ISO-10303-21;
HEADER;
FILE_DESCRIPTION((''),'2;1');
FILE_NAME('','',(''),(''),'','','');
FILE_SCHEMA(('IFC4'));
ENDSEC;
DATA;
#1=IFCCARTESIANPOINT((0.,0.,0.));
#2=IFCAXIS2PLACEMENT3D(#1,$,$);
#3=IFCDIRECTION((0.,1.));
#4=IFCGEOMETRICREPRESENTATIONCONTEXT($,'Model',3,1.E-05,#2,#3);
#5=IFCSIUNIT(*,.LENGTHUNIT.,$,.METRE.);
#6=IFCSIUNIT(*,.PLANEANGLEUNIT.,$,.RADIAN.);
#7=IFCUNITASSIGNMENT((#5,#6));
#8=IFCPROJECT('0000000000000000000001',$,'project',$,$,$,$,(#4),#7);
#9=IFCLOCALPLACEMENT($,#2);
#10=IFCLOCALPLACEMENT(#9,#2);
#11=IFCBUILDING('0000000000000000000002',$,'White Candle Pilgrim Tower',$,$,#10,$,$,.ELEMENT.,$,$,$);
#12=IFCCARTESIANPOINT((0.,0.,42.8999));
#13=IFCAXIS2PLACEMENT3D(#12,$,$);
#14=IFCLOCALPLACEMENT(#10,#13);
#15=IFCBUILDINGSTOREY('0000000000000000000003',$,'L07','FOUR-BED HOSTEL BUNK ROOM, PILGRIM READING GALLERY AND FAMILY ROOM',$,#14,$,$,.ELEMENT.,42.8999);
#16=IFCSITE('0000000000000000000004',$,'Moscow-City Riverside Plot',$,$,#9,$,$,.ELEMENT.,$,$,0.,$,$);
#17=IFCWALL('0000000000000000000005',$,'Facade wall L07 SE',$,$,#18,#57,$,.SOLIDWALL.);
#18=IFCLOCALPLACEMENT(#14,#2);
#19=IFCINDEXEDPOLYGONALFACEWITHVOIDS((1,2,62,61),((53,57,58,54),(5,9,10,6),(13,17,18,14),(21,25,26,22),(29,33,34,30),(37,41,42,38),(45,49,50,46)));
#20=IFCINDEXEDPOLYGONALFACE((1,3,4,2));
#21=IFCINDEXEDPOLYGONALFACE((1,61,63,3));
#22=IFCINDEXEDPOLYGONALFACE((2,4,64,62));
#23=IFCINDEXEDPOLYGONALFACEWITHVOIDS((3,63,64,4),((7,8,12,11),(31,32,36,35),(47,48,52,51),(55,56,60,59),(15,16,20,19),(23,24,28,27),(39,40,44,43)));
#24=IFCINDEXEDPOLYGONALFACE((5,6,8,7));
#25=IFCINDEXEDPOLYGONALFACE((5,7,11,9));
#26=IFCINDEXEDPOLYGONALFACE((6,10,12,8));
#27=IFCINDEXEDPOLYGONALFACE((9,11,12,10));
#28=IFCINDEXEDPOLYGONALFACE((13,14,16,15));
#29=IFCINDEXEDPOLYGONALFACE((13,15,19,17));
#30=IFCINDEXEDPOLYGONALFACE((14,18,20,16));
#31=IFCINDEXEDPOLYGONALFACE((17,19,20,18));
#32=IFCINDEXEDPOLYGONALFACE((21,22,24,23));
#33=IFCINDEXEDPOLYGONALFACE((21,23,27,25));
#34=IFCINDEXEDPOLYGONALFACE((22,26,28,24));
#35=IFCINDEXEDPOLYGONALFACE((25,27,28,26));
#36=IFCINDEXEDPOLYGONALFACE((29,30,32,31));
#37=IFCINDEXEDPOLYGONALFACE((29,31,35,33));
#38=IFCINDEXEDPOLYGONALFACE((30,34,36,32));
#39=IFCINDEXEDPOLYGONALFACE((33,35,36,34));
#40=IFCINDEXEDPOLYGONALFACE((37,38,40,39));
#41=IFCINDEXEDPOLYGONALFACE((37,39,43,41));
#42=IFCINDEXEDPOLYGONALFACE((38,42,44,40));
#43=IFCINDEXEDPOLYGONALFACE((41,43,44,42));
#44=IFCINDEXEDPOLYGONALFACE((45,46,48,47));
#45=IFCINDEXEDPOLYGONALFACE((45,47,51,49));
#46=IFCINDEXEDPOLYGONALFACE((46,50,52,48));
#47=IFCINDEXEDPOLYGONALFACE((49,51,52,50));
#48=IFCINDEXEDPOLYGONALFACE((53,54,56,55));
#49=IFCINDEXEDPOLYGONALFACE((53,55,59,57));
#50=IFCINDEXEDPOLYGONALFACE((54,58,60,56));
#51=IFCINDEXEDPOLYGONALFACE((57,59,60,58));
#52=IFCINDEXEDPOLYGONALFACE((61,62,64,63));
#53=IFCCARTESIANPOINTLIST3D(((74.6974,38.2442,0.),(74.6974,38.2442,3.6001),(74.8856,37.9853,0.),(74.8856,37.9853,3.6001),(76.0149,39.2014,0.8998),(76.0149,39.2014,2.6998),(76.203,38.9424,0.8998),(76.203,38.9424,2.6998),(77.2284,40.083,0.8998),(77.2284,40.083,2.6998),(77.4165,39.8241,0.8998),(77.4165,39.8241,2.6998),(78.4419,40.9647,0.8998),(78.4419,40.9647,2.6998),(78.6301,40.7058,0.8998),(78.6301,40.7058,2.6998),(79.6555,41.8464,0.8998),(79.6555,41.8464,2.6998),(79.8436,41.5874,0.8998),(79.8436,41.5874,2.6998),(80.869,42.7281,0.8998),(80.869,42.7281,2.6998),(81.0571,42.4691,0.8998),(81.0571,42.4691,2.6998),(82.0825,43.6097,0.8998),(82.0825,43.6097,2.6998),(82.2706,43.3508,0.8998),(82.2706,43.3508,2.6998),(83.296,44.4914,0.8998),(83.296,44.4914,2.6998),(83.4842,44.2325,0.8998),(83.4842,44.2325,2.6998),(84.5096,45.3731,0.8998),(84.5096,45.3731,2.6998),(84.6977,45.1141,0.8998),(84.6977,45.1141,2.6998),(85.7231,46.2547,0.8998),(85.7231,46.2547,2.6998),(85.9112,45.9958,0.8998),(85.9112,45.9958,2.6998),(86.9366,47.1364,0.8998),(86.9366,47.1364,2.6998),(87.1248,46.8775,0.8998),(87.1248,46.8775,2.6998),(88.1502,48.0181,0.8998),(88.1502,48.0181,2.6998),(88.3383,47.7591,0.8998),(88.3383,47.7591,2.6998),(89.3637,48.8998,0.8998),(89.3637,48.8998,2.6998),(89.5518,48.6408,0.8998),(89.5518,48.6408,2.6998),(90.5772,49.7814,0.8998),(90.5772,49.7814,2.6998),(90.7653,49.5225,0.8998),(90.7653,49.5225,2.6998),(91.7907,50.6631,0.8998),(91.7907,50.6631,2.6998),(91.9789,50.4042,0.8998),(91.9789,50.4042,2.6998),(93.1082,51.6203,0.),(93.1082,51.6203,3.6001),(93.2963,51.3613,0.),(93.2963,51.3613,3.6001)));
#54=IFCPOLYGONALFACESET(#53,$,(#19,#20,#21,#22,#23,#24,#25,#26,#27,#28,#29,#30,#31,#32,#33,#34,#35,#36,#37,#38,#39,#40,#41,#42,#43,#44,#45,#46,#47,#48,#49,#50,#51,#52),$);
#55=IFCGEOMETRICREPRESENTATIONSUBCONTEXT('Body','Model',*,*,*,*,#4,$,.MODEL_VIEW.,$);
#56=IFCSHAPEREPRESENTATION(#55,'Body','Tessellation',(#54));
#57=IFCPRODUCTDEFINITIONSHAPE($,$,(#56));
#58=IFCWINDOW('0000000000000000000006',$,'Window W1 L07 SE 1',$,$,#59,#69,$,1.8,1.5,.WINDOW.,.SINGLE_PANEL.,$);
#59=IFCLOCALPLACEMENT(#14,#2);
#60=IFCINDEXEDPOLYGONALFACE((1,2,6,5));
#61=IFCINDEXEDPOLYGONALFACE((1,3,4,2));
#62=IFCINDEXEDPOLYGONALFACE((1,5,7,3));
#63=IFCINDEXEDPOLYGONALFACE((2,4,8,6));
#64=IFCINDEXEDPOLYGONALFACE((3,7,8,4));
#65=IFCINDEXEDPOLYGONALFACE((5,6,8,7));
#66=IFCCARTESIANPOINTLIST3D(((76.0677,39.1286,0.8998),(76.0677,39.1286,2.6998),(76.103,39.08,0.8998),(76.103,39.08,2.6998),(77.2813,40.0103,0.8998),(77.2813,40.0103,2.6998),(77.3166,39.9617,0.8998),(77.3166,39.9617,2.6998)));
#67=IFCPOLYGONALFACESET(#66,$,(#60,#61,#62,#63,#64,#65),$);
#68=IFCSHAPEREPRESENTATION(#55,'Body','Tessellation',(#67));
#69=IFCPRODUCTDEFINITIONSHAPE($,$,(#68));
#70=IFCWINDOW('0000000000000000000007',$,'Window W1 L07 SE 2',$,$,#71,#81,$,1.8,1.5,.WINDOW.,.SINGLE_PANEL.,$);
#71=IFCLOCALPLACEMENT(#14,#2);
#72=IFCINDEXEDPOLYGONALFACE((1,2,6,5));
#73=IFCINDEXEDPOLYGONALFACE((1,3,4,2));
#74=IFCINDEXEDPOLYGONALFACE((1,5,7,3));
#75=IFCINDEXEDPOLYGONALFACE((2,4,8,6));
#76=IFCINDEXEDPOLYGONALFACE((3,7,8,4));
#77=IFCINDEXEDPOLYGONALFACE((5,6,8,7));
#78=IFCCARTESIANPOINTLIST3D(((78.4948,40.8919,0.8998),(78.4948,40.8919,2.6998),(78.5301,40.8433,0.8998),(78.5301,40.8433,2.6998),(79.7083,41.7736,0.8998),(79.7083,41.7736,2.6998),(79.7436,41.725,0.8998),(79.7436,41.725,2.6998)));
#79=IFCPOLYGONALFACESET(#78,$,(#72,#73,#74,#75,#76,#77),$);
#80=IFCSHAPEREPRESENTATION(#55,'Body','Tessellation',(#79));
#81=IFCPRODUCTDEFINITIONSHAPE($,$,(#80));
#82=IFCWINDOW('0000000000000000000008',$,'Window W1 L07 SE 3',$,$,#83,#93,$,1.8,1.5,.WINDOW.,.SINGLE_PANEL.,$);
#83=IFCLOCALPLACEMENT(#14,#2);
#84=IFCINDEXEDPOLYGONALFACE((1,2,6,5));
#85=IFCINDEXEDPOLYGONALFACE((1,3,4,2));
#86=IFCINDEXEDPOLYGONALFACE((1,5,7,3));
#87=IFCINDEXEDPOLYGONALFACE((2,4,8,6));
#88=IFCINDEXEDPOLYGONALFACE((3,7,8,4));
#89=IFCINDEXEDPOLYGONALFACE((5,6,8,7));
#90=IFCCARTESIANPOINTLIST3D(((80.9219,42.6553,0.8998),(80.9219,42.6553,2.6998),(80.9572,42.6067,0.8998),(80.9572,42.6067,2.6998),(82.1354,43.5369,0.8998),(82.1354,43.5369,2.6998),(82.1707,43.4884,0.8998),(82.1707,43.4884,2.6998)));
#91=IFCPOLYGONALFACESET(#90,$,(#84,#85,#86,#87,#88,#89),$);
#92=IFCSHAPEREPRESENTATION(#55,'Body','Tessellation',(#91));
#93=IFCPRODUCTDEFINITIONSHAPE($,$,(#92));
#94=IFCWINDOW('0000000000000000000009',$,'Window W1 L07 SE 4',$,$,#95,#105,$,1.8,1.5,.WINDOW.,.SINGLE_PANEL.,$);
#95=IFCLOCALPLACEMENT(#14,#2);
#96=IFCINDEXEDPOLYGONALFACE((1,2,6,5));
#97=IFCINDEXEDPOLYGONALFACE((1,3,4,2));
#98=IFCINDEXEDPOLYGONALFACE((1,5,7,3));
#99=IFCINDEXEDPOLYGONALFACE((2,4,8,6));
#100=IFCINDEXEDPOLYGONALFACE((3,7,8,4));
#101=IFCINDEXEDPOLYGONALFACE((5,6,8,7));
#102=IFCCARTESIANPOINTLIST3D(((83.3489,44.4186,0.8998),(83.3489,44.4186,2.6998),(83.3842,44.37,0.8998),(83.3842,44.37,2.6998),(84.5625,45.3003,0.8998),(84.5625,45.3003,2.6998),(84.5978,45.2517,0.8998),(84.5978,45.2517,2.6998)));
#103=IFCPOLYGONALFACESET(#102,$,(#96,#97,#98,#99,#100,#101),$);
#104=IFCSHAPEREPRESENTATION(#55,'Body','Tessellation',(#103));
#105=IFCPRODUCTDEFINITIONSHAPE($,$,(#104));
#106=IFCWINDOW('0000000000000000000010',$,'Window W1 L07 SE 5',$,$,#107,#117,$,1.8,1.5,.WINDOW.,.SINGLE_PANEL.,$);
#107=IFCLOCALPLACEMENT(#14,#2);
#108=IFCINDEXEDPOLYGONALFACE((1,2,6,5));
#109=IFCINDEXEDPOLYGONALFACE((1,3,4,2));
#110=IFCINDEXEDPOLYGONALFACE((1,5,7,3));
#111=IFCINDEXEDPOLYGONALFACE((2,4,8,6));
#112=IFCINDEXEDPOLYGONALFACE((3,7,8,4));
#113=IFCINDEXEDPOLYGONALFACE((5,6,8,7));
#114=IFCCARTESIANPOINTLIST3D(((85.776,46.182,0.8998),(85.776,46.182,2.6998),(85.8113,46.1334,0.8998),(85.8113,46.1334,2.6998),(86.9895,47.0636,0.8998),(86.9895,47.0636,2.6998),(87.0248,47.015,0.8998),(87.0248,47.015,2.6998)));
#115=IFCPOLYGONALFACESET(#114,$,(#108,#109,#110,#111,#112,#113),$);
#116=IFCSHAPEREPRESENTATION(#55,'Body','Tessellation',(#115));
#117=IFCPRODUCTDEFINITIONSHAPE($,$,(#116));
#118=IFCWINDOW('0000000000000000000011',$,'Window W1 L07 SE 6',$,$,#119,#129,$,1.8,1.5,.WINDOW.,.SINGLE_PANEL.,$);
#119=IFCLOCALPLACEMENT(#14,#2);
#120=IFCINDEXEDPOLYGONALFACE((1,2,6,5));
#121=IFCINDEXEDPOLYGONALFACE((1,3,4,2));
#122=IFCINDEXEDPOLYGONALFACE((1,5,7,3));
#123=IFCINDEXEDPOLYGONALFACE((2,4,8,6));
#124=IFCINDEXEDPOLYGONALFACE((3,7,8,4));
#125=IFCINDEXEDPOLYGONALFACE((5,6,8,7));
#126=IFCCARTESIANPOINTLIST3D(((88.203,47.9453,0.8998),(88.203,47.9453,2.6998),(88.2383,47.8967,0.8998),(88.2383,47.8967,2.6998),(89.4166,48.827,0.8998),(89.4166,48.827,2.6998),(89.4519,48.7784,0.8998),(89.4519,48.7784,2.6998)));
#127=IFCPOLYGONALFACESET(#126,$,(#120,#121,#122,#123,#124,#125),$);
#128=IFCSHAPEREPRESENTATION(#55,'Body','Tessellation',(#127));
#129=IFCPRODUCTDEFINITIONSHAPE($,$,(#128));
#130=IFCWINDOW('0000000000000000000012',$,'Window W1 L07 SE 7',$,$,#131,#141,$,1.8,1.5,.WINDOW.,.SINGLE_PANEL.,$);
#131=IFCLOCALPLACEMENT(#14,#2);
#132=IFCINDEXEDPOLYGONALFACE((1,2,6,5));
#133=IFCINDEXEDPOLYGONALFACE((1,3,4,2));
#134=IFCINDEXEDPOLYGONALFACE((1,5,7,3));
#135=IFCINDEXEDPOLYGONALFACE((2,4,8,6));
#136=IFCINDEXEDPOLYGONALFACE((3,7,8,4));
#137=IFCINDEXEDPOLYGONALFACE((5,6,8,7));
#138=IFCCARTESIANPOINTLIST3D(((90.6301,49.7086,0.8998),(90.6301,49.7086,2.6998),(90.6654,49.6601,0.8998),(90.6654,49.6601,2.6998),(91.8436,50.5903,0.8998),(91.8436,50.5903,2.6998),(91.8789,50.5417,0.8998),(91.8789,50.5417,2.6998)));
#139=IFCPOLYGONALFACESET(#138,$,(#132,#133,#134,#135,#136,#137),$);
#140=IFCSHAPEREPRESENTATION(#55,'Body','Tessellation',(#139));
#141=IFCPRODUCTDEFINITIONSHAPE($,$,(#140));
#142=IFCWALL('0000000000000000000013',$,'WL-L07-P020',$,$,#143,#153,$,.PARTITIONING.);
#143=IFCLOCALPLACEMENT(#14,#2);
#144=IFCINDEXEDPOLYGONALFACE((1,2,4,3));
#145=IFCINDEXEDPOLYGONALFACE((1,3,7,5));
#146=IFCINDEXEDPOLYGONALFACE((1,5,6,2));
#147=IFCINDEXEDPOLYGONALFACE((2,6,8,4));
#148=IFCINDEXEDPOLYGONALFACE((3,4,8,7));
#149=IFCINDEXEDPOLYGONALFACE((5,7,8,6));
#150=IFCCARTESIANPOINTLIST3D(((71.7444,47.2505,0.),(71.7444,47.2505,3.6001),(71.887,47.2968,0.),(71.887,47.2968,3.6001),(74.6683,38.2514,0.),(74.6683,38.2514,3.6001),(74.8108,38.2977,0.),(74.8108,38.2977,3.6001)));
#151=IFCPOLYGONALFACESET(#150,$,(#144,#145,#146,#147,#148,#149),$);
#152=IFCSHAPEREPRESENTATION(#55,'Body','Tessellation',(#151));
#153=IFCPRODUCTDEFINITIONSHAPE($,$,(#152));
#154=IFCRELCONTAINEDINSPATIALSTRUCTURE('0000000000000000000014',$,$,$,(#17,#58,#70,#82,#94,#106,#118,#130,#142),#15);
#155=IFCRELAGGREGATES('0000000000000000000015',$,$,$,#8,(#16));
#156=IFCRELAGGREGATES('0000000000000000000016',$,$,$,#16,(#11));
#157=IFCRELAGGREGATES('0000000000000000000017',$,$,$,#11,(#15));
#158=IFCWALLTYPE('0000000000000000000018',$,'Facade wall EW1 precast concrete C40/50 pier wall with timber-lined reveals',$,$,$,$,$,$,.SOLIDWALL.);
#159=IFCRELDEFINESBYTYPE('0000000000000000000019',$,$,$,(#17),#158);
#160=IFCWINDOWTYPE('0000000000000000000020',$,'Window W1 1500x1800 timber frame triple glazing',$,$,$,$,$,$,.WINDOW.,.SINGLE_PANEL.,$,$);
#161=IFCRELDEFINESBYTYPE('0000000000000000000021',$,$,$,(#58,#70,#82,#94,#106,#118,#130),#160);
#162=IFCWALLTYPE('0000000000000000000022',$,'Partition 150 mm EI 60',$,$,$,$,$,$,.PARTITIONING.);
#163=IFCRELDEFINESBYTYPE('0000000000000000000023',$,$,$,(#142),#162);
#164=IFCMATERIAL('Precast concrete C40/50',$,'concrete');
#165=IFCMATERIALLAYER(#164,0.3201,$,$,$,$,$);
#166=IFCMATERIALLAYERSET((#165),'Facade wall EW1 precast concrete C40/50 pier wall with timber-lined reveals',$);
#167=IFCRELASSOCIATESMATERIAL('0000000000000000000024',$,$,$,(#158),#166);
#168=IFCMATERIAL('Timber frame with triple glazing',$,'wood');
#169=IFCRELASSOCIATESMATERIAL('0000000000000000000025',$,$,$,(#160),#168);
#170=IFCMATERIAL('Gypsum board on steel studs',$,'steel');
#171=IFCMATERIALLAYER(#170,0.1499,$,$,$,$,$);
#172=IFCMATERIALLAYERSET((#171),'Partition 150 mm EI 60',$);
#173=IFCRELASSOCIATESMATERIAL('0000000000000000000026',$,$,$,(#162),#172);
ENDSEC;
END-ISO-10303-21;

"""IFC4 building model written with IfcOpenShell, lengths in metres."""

from ifc_helpers import new_model, si_unit, direction, frame, frame_2d, origin, place, context, subcontext, project, spatial, rectangle, extrude, material, layer, layer_set, type_object, element, fill, save


model = new_model("IFC4")

# Units and contexts
model_context = context("Model", 3, precision=1e-05, world=origin(), true_north=direction((0.0, 1.0)))
body_context = subcontext(model_context, "Body", "Model", "MODEL_VIEW")
ifc_project = project(units=[si_unit("LENGTHUNIT", "METRE"), si_unit("PLANEANGLEUNIT", "RADIAN")], contexts=[model_context])

# Site, building, storey
site_placement = place(None, origin())
site = spatial("IfcSite", under=ifc_project, at=site_placement, Name="Moscow-City Riverside Plot", CompositionType="ELEMENT", RefElevation=0.0)
building_placement = place(site_placement, origin())
building = spatial("IfcBuilding", under=site, at=building_placement, Name="White Candle Pilgrim Tower", CompositionType="ELEMENT")
storey_placement = place(building_placement, frame((0.0, 0.0, 42.8999)))
storey = spatial("IfcBuildingStorey", under=building, at=storey_placement, Name="L07", Description="FOUR-BED HOSTEL BUNK ROOM, PILGRIM READING GALLERY AND FAMILY ROOM", CompositionType="ELEMENT", Elevation=42.8999)

# Wall, openings, windows
ifc_material_1 = material(Name="Precast concrete C40/50", Category="concrete")
ifc_layer_1 = layer(ifc_material_1, 0.3201)
ifc_layer_set_1 = layer_set([ifc_layer_1], Name="Facade wall EW1 precast concrete C40/50 pier wall with timber-lined reveals")
wall_type_1 = type_object("IfcWallType", Name="Facade wall EW1 precast concrete C40/50 pier wall with timber-lined reveals", PredefinedType="SOLIDWALL", material=ifc_layer_set_1)
wall_1_placement = place(storey_placement, frame((74.7915, 38.1147, 0.0), z_axis=(0.0, 0.0, 1.0), x_axis=(0.80902, 0.587781, 0.0)))
wall_1 = element("IfcWall", 1, at=wall_1_placement, inside=storey, type_object=wall_type_1, Name="Facade wall L07 SE", PredefinedType="SOLIDWALL", context=body_context, shape_type="SweptSolid", body=[
    extrude(rectangle(XDim=22.7568, YDim=0.3201, at=frame_2d((11.3784, 0.0))), origin(), (0.0, 0.0, 1.0), 3.6001),
])
opening_1_placement = place(wall_1_placement, frame((1.6284, 0.0, 0.8999)))
opening_1 = element("IfcOpeningElement", 2, at=opening_1_placement, cuts=wall_1, PredefinedType="OPENING", context=body_context, shape_type="SweptSolid", body=[
    extrude(rectangle(XDim=1.5, YDim=1.8, at=frame_2d((0.75, 0.8999))), frame((0.0, 0.1699, 0.0), z_axis=(0.0, -1.0, 0.0), x_axis=(1.0, 0.0, 0.0)), (0.0, 0.0, 1.0), 0.3401),
])
opening_2_placement = place(wall_1_placement, frame((4.6284, 0.0, 0.8999)))
opening_2 = element("IfcOpeningElement", 3, at=opening_2_placement, cuts=wall_1, PredefinedType="OPENING", context=body_context, shape_type="SweptSolid", body=[
    extrude(rectangle(XDim=1.5, YDim=1.8, at=frame_2d((0.75, 0.8999))), frame((0.0, 0.1699, 0.0), z_axis=(0.0, -1.0, 0.0), x_axis=(1.0, 0.0, 0.0)), (0.0, 0.0, 1.0), 0.3401),
])
opening_3_placement = place(wall_1_placement, frame((7.6284, 0.0, 0.8999)))
opening_3 = element("IfcOpeningElement", 4, at=opening_3_placement, cuts=wall_1, PredefinedType="OPENING", context=body_context, shape_type="SweptSolid", body=[
    extrude(rectangle(XDim=1.5, YDim=1.8, at=frame_2d((0.75, 0.8999))), frame((0.0, 0.1699, 0.0), z_axis=(0.0, -1.0, 0.0), x_axis=(1.0, 0.0, 0.0)), (0.0, 0.0, 1.0), 0.3401),
])
opening_4_placement = place(wall_1_placement, frame((10.6284, 0.0, 0.8999)))
opening_4 = element("IfcOpeningElement", 5, at=opening_4_placement, cuts=wall_1, PredefinedType="OPENING", context=body_context, shape_type="SweptSolid", body=[
    extrude(rectangle(XDim=1.5, YDim=1.8, at=frame_2d((0.75, 0.8999))), frame((0.0, 0.1699, 0.0), z_axis=(0.0, -1.0, 0.0), x_axis=(1.0, 0.0, 0.0)), (0.0, 0.0, 1.0), 0.3401),
])
opening_5_placement = place(wall_1_placement, frame((13.6284, 0.0, 0.8999)))
opening_5 = element("IfcOpeningElement", 6, at=opening_5_placement, cuts=wall_1, PredefinedType="OPENING", context=body_context, shape_type="SweptSolid", body=[
    extrude(rectangle(XDim=1.5, YDim=1.8, at=frame_2d((0.75, 0.8999))), frame((0.0, 0.1699, 0.0), z_axis=(0.0, -1.0, 0.0), x_axis=(1.0, 0.0, 0.0)), (0.0, 0.0, 1.0), 0.3401),
])
opening_6_placement = place(wall_1_placement, frame((16.6284, 0.0, 0.8999)))
opening_6 = element("IfcOpeningElement", 7, at=opening_6_placement, cuts=wall_1, PredefinedType="OPENING", context=body_context, shape_type="SweptSolid", body=[
    extrude(rectangle(XDim=1.5, YDim=1.8, at=frame_2d((0.75, 0.8999))), frame((0.0, 0.1699, 0.0), z_axis=(0.0, -1.0, 0.0), x_axis=(1.0, 0.0, 0.0)), (0.0, 0.0, 1.0), 0.3401),
])
opening_7_placement = place(wall_1_placement, frame((19.6284, 0.0, 0.8999)))
opening_7 = element("IfcOpeningElement", 8, at=opening_7_placement, cuts=wall_1, PredefinedType="OPENING", context=body_context, shape_type="SweptSolid", body=[
    extrude(rectangle(XDim=1.5, YDim=1.8, at=frame_2d((0.75, 0.8999))), frame((0.0, 0.1699, 0.0), z_axis=(0.0, -1.0, 0.0), x_axis=(1.0, 0.0, 0.0)), (0.0, 0.0, 1.0), 0.3401),
])
ifc_material_2 = material(Name="Timber frame with triple glazing", Category="wood")
window_type = type_object("IfcWindowType", Name="Window W1 1500x1800 timber frame triple glazing", PartitioningType="SINGLE_PANEL", PredefinedType="WINDOW", material=ifc_material_2)
window_1_placement = place(opening_1_placement, origin())
window_1 = element("IfcWindow", 9, at=window_1_placement, inside=storey, type_object=window_type, Name="Window W1 L07 SE 1", OverallHeight=1.8, OverallWidth=1.5, PartitioningType="SINGLE_PANEL", PredefinedType="WINDOW", context=body_context, shape_type="SweptSolid", body=[
    extrude(rectangle(XDim=1.5, YDim=1.8, at=frame_2d((0.75, 0.8999))), frame((0.0, 0.0701, 0.0), z_axis=(0.0, -1.0, 0.0), x_axis=(1.0, 0.0, 0.0)), (0.0, 0.0, 1.0), 0.0601),
])
fill(opening_1, window_1)
window_2_placement = place(opening_2_placement, origin())
window_2 = element("IfcWindow", 10, at=window_2_placement, inside=storey, type_object=window_type, Name="Window W1 L07 SE 2", OverallHeight=1.8, OverallWidth=1.5, PartitioningType="SINGLE_PANEL", PredefinedType="WINDOW", context=body_context, shape_type="SweptSolid", body=[
    extrude(rectangle(XDim=1.5, YDim=1.8, at=frame_2d((0.75, 0.8999))), frame((0.0, 0.0701, 0.0), z_axis=(0.0, -1.0, 0.0), x_axis=(1.0, 0.0, 0.0)), (0.0, 0.0, 1.0), 0.0601),
])
fill(opening_2, window_2)
window_3_placement = place(opening_3_placement, origin())
window_3 = element("IfcWindow", 11, at=window_3_placement, inside=storey, type_object=window_type, Name="Window W1 L07 SE 3", OverallHeight=1.8, OverallWidth=1.5, PartitioningType="SINGLE_PANEL", PredefinedType="WINDOW", context=body_context, shape_type="SweptSolid", body=[
    extrude(rectangle(XDim=1.5, YDim=1.8, at=frame_2d((0.75, 0.8999))), frame((0.0, 0.0701, 0.0), z_axis=(0.0, -1.0, 0.0), x_axis=(1.0, 0.0, 0.0)), (0.0, 0.0, 1.0), 0.0601),
])
fill(opening_3, window_3)
window_4_placement = place(opening_4_placement, origin())
window_4 = element("IfcWindow", 12, at=window_4_placement, inside=storey, type_object=window_type, Name="Window W1 L07 SE 4", OverallHeight=1.8, OverallWidth=1.5, PartitioningType="SINGLE_PANEL", PredefinedType="WINDOW", context=body_context, shape_type="SweptSolid", body=[
    extrude(rectangle(XDim=1.5, YDim=1.8, at=frame_2d((0.75, 0.8999))), frame((0.0, 0.0701, 0.0), z_axis=(0.0, -1.0, 0.0), x_axis=(1.0, 0.0, 0.0)), (0.0, 0.0, 1.0), 0.0601),
])
fill(opening_4, window_4)
window_5_placement = place(opening_5_placement, origin())
window_5 = element("IfcWindow", 13, at=window_5_placement, inside=storey, type_object=window_type, Name="Window W1 L07 SE 5", OverallHeight=1.8, OverallWidth=1.5, PartitioningType="SINGLE_PANEL", PredefinedType="WINDOW", context=body_context, shape_type="SweptSolid", body=[
    extrude(rectangle(XDim=1.5, YDim=1.8, at=frame_2d((0.75, 0.8999))), frame((0.0, 0.0701, 0.0), z_axis=(0.0, -1.0, 0.0), x_axis=(1.0, 0.0, 0.0)), (0.0, 0.0, 1.0), 0.0601),
])
fill(opening_5, window_5)
window_6_placement = place(opening_6_placement, origin())
window_6 = element("IfcWindow", 14, at=window_6_placement, inside=storey, type_object=window_type, Name="Window W1 L07 SE 6", OverallHeight=1.8, OverallWidth=1.5, PartitioningType="SINGLE_PANEL", PredefinedType="WINDOW", context=body_context, shape_type="SweptSolid", body=[
    extrude(rectangle(XDim=1.5, YDim=1.8, at=frame_2d((0.75, 0.8999))), frame((0.0, 0.0701, 0.0), z_axis=(0.0, -1.0, 0.0), x_axis=(1.0, 0.0, 0.0)), (0.0, 0.0, 1.0), 0.0601),
])
fill(opening_6, window_6)
window_7_placement = place(opening_7_placement, origin())
window_7 = element("IfcWindow", 15, at=window_7_placement, inside=storey, type_object=window_type, Name="Window W1 L07 SE 7", OverallHeight=1.8, OverallWidth=1.5, PartitioningType="SINGLE_PANEL", PredefinedType="WINDOW", context=body_context, shape_type="SweptSolid", body=[
    extrude(rectangle(XDim=1.5, YDim=1.8, at=frame_2d((0.75, 0.8999))), frame((0.0, 0.0701, 0.0), z_axis=(0.0, -1.0, 0.0), x_axis=(1.0, 0.0, 0.0)), (0.0, 0.0, 1.0), 0.0601),
])
fill(opening_7, window_7)

# Wall
ifc_material_3 = material(Name="Gypsum board on steel studs", Category="steel")
ifc_layer_2 = layer(ifc_material_3, 0.1499)
ifc_layer_set_2 = layer_set([ifc_layer_2], Name="Partition 150 mm EI 60")
wall_type_2 = type_object("IfcWallType", Name="Partition 150 mm EI 60", PredefinedType="PARTITIONING", material=ifc_layer_set_2)
wall_2_placement = place(storey_placement, frame((74.7395, 38.2747, 0.0), z_axis=(0.0, 0.0, 1.0), x_axis=(-0.309004, 0.951061, 0.0)))
element("IfcWall", 16, at=wall_2_placement, inside=storey, type_object=wall_type_2, Name="WL-L07-P020", PredefinedType="PARTITIONING", context=body_context, shape_type="SweptSolid", body=[
    extrude(rectangle(XDim=9.4622, YDim=0.1499, at=frame_2d((4.731, 0.0))), origin(), (0.0, 0.0, 1.0), 3.6001),
])

save(model, "model.ifc")
